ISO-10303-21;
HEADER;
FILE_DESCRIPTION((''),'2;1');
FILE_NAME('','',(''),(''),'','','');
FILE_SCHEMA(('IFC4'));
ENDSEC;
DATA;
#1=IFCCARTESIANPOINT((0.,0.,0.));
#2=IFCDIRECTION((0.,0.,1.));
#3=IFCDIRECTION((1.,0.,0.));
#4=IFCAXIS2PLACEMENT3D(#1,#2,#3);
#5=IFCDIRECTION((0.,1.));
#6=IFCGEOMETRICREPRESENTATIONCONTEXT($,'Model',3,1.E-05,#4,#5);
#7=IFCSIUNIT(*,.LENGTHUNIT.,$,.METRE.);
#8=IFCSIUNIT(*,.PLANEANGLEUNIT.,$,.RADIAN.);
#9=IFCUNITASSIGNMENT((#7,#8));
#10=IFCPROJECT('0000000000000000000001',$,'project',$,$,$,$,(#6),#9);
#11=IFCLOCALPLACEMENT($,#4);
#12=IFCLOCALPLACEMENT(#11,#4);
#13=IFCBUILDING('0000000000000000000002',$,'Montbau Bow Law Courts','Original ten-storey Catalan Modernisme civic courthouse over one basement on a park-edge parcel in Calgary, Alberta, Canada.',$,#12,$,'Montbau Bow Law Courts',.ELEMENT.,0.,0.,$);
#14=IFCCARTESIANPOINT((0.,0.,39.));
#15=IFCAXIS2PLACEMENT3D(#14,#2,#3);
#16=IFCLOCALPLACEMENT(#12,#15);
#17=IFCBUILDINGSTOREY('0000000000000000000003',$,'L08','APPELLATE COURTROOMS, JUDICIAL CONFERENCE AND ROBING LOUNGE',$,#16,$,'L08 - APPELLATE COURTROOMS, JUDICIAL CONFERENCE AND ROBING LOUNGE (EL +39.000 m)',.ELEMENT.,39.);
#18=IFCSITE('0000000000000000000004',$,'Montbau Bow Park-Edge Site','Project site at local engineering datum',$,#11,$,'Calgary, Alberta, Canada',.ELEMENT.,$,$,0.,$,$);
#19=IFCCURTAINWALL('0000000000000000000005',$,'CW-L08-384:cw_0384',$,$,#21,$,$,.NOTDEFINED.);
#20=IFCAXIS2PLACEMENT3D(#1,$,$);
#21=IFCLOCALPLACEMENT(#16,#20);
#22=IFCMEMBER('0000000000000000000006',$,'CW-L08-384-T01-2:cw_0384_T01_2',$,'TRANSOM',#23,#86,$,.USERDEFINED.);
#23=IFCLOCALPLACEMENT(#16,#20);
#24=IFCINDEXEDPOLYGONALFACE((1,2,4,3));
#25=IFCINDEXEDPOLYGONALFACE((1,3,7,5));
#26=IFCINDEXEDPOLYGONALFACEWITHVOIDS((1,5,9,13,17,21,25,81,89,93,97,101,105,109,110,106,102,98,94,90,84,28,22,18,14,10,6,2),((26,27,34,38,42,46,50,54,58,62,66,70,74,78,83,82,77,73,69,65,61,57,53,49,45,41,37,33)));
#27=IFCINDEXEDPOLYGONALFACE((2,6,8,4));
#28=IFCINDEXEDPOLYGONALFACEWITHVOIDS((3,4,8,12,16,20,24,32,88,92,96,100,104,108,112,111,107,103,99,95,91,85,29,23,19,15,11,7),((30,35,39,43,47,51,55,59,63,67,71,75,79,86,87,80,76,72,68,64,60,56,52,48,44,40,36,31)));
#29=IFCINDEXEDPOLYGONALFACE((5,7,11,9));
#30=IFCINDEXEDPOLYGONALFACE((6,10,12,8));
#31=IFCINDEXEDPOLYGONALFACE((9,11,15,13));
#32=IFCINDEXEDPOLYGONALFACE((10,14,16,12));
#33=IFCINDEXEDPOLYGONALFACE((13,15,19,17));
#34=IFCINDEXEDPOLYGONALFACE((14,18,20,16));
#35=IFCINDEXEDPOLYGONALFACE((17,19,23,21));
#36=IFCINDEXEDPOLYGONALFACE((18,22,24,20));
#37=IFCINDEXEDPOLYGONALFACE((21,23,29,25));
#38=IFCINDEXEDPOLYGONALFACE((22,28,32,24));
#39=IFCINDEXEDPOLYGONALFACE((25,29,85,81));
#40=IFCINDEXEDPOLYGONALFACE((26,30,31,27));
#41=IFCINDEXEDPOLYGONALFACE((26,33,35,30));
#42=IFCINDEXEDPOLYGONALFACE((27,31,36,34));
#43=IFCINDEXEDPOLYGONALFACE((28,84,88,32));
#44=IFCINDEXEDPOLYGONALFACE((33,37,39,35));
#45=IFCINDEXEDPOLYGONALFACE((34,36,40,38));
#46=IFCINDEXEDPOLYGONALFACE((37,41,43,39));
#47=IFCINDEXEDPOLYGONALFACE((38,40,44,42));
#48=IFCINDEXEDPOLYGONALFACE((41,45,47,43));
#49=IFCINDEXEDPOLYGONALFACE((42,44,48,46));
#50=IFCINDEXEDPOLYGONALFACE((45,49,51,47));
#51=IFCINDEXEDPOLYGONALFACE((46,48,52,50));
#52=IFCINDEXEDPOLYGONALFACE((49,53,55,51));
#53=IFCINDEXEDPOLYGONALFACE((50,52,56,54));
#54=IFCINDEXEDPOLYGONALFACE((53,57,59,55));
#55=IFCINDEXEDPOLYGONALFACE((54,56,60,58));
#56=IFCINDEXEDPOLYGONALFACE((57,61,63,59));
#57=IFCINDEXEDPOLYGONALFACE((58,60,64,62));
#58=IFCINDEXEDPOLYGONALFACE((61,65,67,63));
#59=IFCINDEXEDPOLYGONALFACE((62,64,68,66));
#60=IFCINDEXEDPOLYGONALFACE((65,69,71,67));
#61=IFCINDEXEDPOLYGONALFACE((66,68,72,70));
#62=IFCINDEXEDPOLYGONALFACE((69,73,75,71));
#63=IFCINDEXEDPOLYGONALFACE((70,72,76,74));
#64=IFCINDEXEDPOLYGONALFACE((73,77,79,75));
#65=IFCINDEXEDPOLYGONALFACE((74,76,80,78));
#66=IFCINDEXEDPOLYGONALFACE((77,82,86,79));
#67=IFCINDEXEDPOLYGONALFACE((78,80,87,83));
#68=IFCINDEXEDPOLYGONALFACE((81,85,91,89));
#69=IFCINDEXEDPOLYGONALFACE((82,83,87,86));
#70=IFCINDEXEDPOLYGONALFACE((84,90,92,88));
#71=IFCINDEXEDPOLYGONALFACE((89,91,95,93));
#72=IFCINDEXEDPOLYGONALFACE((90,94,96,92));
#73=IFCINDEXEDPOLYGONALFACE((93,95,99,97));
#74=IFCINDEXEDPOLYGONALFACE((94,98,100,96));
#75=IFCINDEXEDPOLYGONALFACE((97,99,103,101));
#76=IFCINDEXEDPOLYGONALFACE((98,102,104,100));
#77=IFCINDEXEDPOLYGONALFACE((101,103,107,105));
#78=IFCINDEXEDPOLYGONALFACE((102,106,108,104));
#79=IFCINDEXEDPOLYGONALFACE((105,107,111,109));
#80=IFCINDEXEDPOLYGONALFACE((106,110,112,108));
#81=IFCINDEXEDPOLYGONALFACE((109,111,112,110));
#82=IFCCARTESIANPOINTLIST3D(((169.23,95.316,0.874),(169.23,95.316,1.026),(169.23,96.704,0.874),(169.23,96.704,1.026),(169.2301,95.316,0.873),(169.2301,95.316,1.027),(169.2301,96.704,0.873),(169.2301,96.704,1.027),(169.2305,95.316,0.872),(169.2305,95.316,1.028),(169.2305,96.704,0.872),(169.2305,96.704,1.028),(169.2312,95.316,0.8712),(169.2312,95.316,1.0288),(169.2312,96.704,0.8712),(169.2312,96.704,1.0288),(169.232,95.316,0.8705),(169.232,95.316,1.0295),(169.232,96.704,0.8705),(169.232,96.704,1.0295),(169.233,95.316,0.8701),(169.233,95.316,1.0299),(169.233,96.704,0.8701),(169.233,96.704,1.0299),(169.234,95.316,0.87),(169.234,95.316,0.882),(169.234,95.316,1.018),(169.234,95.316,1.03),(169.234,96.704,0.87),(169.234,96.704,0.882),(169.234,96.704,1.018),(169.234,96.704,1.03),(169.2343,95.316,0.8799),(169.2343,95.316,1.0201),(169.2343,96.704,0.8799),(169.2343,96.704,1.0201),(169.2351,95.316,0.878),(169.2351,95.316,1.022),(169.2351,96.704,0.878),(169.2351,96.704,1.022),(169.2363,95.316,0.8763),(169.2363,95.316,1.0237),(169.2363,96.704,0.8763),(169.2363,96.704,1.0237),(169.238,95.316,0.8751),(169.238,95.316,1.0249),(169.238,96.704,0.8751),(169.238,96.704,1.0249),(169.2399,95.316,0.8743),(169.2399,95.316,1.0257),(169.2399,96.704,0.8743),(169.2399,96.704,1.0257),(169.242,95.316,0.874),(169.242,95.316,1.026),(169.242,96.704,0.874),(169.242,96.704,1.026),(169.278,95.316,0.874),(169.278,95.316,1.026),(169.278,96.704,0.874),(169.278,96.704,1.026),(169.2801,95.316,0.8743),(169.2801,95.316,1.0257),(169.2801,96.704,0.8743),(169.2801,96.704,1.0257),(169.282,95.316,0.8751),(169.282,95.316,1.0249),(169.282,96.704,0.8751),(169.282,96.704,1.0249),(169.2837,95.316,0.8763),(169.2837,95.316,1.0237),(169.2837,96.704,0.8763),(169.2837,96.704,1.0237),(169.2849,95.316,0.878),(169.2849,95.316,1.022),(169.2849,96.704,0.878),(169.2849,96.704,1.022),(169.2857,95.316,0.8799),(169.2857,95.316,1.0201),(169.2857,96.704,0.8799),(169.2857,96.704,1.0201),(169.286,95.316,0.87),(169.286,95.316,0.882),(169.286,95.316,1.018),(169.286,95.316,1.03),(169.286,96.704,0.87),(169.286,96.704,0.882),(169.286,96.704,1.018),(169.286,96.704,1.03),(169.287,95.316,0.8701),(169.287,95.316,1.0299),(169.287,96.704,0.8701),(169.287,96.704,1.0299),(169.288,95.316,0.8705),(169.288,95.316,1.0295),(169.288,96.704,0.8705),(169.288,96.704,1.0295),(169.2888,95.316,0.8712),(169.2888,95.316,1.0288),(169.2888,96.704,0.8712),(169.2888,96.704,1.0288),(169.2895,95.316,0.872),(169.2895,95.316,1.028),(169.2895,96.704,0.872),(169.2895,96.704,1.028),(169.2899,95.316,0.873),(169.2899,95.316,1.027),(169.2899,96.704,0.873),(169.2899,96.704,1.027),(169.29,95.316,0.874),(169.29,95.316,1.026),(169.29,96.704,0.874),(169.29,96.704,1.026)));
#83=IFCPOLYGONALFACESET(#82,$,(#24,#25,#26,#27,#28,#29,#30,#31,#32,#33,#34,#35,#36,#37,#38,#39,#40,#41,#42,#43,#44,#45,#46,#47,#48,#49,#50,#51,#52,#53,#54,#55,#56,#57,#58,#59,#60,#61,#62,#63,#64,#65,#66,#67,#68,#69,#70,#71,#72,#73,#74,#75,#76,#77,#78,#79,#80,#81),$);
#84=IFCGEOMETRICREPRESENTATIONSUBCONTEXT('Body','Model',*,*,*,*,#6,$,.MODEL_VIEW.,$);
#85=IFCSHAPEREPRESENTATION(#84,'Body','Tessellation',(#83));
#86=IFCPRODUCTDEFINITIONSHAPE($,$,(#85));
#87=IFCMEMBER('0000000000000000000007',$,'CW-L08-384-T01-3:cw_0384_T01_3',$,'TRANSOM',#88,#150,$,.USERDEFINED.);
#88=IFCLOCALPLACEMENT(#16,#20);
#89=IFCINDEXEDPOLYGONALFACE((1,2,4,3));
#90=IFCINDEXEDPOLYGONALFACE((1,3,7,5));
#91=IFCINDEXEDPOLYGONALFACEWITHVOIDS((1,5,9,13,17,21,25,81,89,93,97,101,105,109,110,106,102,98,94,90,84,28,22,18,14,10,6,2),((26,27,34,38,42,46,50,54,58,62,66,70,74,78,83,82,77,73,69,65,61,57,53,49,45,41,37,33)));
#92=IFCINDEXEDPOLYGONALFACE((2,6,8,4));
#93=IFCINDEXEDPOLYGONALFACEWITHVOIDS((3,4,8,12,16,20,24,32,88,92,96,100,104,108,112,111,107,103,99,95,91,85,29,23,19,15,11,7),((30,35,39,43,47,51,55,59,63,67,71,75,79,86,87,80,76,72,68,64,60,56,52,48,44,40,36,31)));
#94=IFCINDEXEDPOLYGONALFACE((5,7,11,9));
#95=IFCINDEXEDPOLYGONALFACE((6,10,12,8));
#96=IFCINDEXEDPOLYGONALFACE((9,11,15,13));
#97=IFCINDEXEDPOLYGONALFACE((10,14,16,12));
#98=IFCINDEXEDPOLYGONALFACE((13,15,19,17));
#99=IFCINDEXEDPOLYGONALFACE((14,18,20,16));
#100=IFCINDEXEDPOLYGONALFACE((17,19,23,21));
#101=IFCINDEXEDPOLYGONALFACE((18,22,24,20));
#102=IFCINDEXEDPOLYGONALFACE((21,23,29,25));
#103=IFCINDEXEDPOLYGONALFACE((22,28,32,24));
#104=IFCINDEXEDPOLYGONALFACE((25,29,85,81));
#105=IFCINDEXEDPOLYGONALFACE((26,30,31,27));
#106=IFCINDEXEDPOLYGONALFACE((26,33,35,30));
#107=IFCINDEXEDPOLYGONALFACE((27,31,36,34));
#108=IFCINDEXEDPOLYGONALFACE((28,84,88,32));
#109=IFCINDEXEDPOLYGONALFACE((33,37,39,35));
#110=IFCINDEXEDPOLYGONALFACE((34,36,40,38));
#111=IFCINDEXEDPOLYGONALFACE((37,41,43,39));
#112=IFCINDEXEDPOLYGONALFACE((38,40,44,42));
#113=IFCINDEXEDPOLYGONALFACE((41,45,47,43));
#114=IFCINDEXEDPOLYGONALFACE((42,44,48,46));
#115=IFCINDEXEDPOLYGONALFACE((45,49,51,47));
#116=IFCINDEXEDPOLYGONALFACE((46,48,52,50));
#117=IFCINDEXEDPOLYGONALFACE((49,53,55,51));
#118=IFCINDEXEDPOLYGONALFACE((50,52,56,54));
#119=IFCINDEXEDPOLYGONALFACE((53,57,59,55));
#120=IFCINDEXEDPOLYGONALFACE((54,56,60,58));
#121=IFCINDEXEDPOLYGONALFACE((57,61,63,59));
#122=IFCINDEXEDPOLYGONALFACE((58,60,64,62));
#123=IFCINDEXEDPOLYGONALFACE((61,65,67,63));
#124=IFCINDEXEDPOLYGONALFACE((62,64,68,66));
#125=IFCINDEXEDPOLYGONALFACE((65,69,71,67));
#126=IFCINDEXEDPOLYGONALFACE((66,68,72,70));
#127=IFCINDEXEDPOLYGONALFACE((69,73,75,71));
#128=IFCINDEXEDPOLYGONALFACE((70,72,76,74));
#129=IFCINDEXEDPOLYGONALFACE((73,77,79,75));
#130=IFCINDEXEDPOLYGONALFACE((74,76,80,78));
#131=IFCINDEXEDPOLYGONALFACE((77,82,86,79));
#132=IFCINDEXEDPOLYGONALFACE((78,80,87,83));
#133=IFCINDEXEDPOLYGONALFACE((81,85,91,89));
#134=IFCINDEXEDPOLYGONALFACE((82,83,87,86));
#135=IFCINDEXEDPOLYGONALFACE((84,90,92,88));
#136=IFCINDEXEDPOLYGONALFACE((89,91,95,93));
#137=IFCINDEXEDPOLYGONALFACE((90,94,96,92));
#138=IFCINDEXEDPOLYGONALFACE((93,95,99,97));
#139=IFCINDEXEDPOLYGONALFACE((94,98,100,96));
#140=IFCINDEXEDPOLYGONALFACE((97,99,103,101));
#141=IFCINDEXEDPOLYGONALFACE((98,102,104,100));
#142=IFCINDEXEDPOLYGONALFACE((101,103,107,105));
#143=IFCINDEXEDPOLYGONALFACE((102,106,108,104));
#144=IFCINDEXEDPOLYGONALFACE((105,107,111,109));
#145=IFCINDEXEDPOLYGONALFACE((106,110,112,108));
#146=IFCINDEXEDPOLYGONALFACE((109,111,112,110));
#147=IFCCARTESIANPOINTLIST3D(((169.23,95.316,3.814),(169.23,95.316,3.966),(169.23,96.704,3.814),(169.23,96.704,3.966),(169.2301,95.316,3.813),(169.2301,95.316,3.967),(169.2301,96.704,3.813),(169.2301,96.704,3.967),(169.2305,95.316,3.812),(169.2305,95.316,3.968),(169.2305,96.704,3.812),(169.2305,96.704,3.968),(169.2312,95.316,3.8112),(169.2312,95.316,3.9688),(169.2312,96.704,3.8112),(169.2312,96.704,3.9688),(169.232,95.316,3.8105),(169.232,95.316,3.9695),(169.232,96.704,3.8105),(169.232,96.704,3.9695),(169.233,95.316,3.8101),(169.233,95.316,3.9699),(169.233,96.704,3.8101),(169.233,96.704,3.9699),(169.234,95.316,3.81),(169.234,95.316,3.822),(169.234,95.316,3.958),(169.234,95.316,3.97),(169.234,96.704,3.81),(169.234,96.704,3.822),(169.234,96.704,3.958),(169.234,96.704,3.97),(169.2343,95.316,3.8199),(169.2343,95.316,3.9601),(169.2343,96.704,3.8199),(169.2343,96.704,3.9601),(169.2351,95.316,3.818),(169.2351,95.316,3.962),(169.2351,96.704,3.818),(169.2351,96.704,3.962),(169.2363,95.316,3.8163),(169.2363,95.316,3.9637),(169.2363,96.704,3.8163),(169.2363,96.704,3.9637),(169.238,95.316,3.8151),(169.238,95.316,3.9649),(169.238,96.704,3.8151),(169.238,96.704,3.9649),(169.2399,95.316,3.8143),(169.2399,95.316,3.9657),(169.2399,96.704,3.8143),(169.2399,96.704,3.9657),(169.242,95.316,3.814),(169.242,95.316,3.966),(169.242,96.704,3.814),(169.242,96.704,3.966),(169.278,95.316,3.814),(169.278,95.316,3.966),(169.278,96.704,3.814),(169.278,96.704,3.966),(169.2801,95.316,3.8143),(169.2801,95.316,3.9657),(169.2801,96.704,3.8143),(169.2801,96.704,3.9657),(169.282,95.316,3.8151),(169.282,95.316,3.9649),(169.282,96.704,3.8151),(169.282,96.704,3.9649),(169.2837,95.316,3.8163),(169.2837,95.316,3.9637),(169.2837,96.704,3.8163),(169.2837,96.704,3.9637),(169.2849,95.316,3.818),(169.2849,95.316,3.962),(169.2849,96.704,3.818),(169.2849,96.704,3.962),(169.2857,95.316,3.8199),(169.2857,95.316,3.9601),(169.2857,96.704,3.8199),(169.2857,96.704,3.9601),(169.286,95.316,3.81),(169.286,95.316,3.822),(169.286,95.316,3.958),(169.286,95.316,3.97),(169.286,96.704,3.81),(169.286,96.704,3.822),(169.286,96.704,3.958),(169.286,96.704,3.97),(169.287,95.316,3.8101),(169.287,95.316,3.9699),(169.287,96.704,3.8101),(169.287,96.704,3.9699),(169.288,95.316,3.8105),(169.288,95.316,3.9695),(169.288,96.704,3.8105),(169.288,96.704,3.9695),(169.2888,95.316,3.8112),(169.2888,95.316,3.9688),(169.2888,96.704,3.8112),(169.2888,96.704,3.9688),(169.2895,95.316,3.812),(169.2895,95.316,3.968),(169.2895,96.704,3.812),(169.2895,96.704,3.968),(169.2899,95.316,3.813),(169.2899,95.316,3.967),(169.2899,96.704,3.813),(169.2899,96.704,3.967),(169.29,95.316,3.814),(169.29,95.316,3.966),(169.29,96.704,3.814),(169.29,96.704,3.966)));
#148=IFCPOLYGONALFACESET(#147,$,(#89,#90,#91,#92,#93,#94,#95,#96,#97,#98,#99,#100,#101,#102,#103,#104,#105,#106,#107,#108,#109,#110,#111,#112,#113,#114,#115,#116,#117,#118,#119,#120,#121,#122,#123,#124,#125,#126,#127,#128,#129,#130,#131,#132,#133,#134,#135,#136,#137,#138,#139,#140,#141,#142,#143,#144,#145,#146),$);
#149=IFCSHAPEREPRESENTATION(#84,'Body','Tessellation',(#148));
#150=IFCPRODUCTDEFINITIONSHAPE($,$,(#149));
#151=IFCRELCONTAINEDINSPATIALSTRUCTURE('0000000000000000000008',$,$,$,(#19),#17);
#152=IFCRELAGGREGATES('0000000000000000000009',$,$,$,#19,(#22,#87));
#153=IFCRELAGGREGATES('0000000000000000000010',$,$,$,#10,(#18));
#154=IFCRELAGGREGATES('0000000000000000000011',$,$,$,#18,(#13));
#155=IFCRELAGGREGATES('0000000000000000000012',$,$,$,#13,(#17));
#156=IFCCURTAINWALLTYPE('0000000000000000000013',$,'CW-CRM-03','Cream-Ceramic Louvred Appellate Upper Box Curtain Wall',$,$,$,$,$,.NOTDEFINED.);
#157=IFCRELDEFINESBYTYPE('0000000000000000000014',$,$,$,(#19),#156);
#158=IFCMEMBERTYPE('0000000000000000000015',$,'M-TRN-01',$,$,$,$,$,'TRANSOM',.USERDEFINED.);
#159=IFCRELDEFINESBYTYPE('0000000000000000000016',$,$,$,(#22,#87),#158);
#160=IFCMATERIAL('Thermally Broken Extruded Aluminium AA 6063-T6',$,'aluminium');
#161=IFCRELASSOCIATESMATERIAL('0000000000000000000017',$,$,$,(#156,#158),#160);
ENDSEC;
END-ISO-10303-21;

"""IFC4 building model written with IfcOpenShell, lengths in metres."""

from ifc_helpers import new_model, si_unit, direction, frame, origin_with_axes, origin_2d_with_axis, place, context, subcontext, project, spatial, hollow_rectangle, extrude, material, material_profile, profile_set, type_object, element, aggregate, save


model = new_model("IFC4")

# Units and contexts
model_context = context("Model", 3, precision=1e-05, world=origin_with_axes(), true_north=direction((0.0, 1.0)))
body_context = subcontext(model_context, "Body", "Model", "MODEL_VIEW")
ifc_project = project(units=[si_unit("LENGTHUNIT", "METRE"), si_unit("PLANEANGLEUNIT", "RADIAN")], contexts=[model_context])

# Site, building, storey
site_placement = place(None, origin_with_axes())
site = spatial("IfcSite", under=ifc_project, at=site_placement, Name="Montbau Bow Park-Edge Site", Description="Project site at local engineering datum", LongName="Calgary, Alberta, Canada", CompositionType="ELEMENT", RefElevation=0.0)
building_placement = place(site_placement, origin_with_axes())
building = spatial("IfcBuilding", under=site, at=building_placement, Name="Montbau Bow Law Courts", Description="Original ten-storey Catalan Modernisme civic courthouse over one basement on a park-edge parcel in Calgary, Alberta, Canada.", LongName="Montbau Bow Law Courts", CompositionType="ELEMENT", ElevationOfRefHeight=0.0, ElevationOfTerrain=0.0)
storey_placement = place(building_placement, frame((0.0, 0.0, 39.0), z_axis=(0.0, 0.0, 1.0), x_axis=(1.0, 0.0, 0.0)))
storey = spatial("IfcBuildingStorey", under=building, at=storey_placement, Name="L08", Description="APPELLATE COURTROOMS, JUDICIAL CONFERENCE AND ROBING LOUNGE", LongName="L08 - APPELLATE COURTROOMS, JUDICIAL CONFERENCE AND ROBING LOUNGE (EL +39.000 m)", CompositionType="ELEMENT", Elevation=39.0)

# Curtain wall, members
ifc_material_1 = material(Name="Thermally Broken Extruded Aluminium AA 6063-T6", Category="aluminium")
curtain_wall_type = type_object("IfcCurtainWallType", Name="CW-CRM-03", Description="Cream-Ceramic Louvred Appellate Upper Box Curtain Wall", PredefinedType="NOTDEFINED", material=ifc_material_1)
curtain_wall_placement = place(None, frame((169.26, 95.24, 39.0), z_axis=(0.0, 0.0, 1.0), x_axis=(1.0, 0.0, 0.0)))
curtain_wall = element("IfcCurtainWall", 1, at=curtain_wall_placement, inside=storey, type_object=curtain_wall_type, Name="CW-L08-384:cw_0384", PredefinedType="NOTDEFINED")
ifc_material_profile_1 = material_profile(ifc_material_1, hollow_rectangle(XDim=0.06, YDim=0.16, WallThickness=0.004, InnerFilletRadius=0.008, OuterFilletRadius=0.004, at=origin_2d_with_axis()), Name="CWT-160X60", Category="Main", Priority=0)
ifc_profile_set_1 = profile_set([ifc_material_profile_1], Name="Thermally Broken Extruded Aluminium AA 6063-T6")
member_type_1 = type_object("IfcMemberType", Name="M-TRN-01", ElementType="TRANSOM", PredefinedType="USERDEFINED", material=ifc_profile_set_1)
member_1_placement = place(None, frame((169.26, 95.316, 39.95), z_axis=(0.0, 1.0, 0.0), x_axis=(-1.0, 0.0, 0.0)))
member_1 = element("IfcMember", 2, at=member_1_placement, type_object=member_type_1, Name="CW-L08-384-T01-2:cw_0384_T01_2", ObjectType="TRANSOM", PredefinedType="USERDEFINED", context=body_context, shape_type="SweptSolid", body=[
    extrude(hollow_rectangle(XDim=0.06, YDim=0.16, WallThickness=0.004, InnerFilletRadius=0.008, OuterFilletRadius=0.004, at=origin_2d_with_axis()), origin_with_axes(), (0.0, 0.0, 1.0), 1.388),
])
member_2_placement = place(None, frame((169.26, 95.316, 42.89), z_axis=(0.0, 1.0, 0.0), x_axis=(-1.0, 0.0, 0.0)))
member_2 = element("IfcMember", 3, at=member_2_placement, type_object=member_type_1, Name="CW-L08-384-T01-3:cw_0384_T01_3", ObjectType="TRANSOM", PredefinedType="USERDEFINED", context=body_context, shape_type="SweptSolid", body=[
    extrude(hollow_rectangle(XDim=0.06, YDim=0.16, WallThickness=0.004, InnerFilletRadius=0.008, OuterFilletRadius=0.004, at=origin_2d_with_axis()), origin_with_axes(), (0.0, 0.0, 1.0), 1.388),
])
aggregate(curtain_wall, [member_1, member_2])

save(model, "model.ifc")
